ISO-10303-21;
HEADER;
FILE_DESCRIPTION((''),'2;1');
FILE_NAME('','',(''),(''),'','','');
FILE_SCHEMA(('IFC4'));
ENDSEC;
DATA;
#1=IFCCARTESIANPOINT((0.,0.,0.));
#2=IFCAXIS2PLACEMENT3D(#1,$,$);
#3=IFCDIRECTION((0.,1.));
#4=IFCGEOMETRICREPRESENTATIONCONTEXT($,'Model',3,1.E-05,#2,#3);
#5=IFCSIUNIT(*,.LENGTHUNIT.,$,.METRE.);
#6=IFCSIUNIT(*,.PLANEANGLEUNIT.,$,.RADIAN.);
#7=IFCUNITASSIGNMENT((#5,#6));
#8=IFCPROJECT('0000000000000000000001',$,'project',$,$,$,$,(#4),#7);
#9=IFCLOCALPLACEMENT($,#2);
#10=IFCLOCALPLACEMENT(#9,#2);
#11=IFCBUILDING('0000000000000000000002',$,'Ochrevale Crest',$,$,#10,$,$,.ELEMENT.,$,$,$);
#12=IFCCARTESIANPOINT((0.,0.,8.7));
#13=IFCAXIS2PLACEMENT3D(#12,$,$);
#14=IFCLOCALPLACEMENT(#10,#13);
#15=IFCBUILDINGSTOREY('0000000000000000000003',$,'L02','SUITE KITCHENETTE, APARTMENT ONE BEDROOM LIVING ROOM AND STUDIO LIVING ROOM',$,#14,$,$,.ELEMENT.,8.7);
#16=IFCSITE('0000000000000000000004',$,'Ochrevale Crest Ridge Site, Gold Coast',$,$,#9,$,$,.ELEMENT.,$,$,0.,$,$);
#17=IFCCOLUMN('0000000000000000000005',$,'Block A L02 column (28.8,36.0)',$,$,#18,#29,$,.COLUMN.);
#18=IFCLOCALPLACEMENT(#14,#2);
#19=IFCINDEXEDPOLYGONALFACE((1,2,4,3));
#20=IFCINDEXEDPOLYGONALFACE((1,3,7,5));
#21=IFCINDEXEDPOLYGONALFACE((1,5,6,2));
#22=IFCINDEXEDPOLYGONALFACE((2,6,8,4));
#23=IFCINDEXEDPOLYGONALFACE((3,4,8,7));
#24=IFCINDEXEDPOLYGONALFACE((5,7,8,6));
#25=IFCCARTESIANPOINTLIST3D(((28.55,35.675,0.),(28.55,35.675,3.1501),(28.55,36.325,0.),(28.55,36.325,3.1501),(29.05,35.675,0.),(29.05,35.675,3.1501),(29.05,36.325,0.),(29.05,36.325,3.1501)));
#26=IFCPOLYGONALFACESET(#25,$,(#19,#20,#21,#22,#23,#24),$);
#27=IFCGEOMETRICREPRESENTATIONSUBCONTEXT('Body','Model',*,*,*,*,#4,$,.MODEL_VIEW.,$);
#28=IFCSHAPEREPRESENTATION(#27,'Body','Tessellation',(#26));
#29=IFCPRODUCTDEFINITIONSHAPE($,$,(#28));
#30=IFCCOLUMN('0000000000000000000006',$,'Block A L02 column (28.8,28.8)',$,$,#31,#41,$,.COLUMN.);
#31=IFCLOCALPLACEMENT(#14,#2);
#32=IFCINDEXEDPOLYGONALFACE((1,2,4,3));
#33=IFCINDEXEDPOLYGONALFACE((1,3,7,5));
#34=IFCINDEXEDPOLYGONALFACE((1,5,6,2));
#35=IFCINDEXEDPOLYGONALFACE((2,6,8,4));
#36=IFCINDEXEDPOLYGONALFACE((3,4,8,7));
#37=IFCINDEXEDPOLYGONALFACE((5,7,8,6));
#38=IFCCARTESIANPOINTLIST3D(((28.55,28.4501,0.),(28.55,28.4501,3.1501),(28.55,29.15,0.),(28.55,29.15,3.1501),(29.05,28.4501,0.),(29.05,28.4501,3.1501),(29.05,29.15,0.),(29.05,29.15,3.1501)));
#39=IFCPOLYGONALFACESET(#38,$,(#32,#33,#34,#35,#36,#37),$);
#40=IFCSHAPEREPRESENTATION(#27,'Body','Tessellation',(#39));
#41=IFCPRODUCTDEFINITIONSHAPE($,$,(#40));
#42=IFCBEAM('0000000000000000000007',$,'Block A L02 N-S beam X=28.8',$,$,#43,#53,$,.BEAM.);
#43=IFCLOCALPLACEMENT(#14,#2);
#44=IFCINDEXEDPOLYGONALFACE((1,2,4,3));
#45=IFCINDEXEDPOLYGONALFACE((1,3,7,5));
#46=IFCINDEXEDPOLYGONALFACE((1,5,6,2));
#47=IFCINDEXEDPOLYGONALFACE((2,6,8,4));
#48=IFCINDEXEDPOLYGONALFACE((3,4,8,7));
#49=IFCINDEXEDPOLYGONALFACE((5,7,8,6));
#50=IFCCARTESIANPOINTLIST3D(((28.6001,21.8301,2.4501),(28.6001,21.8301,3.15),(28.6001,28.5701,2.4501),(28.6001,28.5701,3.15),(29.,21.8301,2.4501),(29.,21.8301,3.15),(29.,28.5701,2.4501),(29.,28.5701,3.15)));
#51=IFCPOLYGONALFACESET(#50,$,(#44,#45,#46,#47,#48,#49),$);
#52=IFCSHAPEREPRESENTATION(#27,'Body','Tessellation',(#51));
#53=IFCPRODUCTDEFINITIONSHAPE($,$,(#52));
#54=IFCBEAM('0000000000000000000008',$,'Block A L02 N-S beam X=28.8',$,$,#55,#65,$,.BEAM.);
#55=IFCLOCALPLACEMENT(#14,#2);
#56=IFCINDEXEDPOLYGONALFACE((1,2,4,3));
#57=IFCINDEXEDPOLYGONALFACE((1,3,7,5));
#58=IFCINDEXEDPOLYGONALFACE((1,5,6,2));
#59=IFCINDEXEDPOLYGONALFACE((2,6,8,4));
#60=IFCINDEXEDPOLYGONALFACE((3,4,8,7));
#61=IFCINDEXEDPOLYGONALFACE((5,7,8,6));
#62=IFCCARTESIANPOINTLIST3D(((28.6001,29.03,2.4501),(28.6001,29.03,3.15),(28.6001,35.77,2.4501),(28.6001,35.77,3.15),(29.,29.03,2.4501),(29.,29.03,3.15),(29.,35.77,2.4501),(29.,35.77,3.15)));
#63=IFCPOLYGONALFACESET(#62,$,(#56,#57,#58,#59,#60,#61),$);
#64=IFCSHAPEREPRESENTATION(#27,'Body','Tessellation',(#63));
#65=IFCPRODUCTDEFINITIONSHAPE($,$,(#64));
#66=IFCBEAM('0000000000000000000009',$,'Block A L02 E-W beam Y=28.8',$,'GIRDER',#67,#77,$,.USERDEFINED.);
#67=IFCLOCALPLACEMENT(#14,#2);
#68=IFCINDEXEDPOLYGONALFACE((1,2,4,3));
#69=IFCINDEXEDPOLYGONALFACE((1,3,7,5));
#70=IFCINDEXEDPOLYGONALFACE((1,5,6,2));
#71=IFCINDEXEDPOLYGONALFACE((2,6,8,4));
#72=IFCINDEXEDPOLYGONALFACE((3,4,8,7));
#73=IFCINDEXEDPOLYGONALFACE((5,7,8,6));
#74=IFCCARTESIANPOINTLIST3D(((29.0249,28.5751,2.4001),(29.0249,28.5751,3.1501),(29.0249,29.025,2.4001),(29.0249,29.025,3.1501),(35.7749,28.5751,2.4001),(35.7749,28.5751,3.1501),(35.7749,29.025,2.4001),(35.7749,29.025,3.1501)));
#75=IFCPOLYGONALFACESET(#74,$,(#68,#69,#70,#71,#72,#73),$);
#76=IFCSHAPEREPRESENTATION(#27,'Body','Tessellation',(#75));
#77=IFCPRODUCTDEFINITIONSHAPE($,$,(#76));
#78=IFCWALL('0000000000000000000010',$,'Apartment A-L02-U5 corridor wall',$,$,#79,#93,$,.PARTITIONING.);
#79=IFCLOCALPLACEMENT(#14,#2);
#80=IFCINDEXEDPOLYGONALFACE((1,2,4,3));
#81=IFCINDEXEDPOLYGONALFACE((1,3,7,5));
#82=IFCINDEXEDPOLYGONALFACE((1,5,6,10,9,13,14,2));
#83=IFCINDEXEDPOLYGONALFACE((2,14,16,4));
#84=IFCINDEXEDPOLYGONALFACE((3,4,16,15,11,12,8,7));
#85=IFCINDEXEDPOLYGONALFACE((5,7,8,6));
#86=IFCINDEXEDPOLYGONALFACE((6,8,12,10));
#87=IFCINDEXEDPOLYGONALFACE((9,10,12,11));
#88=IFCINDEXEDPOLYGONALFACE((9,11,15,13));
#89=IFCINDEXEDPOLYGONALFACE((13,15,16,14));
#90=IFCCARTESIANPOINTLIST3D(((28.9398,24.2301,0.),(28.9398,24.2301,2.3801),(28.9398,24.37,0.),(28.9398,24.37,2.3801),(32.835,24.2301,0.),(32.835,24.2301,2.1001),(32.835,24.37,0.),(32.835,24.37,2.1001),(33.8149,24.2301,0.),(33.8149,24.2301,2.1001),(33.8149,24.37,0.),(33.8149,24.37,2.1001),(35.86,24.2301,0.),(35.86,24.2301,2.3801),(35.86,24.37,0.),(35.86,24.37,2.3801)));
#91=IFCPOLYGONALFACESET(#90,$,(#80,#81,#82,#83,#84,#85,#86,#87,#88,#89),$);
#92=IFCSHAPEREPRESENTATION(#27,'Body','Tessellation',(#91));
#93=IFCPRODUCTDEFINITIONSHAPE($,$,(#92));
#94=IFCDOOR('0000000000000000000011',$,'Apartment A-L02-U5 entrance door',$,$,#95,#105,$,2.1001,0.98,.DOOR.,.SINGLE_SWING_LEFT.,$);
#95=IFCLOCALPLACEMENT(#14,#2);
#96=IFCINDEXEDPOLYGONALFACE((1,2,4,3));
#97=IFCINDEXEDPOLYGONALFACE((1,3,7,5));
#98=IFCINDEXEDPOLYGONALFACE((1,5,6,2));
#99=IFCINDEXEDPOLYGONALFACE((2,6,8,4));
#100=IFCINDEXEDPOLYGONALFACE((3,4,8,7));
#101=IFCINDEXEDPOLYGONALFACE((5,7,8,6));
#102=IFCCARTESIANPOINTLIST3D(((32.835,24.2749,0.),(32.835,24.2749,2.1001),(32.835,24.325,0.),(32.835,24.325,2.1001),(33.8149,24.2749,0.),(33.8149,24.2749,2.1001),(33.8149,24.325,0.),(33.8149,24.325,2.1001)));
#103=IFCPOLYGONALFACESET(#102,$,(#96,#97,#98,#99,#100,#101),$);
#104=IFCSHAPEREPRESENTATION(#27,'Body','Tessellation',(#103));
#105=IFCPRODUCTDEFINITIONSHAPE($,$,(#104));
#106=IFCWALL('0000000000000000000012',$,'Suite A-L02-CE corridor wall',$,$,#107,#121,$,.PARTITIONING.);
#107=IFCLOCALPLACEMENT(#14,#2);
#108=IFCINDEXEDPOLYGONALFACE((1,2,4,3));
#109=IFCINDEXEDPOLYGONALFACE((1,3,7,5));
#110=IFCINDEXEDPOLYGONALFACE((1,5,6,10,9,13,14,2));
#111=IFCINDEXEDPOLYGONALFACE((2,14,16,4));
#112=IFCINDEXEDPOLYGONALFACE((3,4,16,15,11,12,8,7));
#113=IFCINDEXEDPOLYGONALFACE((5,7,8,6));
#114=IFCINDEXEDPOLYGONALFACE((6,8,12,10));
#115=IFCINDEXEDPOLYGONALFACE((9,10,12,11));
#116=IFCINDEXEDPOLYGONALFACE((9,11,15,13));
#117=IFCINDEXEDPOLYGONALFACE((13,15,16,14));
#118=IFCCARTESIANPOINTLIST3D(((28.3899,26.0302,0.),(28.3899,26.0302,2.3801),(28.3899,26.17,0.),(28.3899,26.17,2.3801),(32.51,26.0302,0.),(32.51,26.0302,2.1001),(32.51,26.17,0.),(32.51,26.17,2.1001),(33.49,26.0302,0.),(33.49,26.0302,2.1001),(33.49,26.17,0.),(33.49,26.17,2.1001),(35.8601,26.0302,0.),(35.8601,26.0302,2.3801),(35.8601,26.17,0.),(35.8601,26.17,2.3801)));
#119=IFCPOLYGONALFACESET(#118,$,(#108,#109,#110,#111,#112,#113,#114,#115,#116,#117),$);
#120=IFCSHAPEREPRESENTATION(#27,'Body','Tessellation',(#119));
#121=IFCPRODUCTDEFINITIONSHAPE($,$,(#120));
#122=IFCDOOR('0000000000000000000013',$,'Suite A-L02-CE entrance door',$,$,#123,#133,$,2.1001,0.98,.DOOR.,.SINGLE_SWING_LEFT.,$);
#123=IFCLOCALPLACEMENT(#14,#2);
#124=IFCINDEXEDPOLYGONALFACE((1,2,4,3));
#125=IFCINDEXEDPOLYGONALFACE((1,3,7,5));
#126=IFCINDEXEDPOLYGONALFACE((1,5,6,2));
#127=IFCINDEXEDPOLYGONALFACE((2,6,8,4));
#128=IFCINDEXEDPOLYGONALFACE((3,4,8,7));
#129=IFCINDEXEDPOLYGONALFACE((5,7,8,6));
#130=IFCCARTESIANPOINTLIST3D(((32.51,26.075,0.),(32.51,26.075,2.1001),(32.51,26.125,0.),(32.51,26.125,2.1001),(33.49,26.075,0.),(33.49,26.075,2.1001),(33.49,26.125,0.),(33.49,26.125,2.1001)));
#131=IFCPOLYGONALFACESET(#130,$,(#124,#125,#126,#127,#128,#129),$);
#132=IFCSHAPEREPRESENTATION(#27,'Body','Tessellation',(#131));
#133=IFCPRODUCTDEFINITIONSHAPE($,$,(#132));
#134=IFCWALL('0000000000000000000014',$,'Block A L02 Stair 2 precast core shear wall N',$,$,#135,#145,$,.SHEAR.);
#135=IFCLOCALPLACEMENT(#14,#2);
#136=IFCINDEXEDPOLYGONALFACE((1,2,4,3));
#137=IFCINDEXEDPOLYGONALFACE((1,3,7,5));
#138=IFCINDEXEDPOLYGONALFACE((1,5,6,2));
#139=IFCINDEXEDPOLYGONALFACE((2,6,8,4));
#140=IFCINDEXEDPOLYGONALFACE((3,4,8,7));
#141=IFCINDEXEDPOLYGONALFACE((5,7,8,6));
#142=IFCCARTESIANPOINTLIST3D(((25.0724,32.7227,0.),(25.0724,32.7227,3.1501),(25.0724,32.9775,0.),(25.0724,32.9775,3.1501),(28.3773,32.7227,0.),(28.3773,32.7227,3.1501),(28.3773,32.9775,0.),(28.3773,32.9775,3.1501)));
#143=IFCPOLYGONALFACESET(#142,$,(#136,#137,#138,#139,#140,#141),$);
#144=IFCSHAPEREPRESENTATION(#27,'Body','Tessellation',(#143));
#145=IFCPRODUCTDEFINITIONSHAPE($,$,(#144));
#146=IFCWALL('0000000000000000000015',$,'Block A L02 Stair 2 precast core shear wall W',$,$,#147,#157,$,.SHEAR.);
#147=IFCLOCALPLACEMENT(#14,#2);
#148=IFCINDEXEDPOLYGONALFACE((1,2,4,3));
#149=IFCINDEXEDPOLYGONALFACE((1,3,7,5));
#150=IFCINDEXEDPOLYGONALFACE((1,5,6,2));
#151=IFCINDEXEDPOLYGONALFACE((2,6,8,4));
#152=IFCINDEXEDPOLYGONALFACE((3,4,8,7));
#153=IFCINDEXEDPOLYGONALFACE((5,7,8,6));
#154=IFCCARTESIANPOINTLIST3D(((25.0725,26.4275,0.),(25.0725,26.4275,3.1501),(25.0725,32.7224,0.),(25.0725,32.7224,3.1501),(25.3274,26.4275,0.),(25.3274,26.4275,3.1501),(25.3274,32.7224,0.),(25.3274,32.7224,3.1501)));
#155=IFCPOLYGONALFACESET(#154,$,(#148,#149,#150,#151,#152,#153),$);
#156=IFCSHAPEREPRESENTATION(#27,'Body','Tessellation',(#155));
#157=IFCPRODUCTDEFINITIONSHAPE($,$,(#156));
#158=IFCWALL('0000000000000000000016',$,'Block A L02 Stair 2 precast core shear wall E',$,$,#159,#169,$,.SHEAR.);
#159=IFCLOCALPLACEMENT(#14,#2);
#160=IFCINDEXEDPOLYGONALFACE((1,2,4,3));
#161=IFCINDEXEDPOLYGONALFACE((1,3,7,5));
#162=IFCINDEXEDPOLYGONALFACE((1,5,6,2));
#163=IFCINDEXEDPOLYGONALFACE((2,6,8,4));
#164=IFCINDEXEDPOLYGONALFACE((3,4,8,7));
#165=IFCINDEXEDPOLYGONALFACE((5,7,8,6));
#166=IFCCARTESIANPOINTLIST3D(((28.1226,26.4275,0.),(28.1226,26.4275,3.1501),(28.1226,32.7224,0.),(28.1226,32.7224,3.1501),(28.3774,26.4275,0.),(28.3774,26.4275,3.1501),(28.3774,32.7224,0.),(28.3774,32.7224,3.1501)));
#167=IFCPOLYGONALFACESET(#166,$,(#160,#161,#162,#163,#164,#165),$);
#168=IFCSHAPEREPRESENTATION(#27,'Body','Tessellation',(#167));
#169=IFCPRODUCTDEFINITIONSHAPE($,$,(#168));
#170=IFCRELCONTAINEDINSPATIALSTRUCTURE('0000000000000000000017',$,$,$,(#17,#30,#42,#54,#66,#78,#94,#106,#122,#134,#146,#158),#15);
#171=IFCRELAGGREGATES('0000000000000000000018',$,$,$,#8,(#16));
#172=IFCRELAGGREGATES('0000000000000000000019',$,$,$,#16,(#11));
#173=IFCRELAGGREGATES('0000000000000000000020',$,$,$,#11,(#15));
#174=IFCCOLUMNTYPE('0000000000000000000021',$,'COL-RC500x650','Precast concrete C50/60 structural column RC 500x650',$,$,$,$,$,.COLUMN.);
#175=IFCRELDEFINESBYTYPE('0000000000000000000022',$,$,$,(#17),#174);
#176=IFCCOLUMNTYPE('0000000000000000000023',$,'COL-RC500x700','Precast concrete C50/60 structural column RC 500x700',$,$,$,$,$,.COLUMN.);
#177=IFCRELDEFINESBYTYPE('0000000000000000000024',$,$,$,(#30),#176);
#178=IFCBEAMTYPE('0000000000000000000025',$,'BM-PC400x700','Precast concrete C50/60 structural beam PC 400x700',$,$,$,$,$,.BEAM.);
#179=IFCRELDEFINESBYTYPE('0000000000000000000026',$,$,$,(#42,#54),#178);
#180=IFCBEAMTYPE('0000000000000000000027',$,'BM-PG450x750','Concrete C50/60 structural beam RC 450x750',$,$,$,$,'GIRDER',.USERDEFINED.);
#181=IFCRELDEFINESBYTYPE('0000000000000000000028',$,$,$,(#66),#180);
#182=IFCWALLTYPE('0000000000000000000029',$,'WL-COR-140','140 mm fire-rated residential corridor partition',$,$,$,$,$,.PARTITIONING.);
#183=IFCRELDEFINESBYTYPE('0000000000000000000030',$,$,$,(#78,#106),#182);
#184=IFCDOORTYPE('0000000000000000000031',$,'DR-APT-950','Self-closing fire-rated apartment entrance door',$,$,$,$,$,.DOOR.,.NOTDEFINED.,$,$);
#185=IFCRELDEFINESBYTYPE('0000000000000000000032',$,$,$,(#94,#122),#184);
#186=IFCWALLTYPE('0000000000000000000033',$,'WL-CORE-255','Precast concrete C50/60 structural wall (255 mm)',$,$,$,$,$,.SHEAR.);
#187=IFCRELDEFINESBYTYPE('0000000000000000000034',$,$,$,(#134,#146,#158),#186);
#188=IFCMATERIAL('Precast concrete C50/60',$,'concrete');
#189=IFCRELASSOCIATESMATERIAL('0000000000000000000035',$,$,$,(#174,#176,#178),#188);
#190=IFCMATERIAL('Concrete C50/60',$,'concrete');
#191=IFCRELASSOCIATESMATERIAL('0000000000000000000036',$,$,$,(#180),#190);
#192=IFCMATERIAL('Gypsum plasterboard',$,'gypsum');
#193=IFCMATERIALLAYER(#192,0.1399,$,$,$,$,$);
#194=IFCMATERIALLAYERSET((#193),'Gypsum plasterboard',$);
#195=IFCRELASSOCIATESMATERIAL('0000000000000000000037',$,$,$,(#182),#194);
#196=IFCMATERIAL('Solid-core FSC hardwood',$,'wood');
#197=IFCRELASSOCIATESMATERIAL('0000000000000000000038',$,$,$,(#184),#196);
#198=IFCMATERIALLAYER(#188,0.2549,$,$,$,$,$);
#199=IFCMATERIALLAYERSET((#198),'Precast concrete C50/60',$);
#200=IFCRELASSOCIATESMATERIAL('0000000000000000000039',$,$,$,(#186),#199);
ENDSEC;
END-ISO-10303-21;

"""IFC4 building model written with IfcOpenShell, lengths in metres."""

from ifc_helpers import new_model, si_unit, direction, frame, frame_2d, origin, origin_2d, place, context, subcontext, project, spatial, rectangle, extrude, material, layer, layer_set, material_profile, profile_set, type_object, element, fill, save


model = new_model("IFC4")

# Units and contexts
model_context = context("Model", 3, precision=1e-05, world=origin(), true_north=direction((0.0, 1.0)))
body_context = subcontext(model_context, "Body", "Model", "MODEL_VIEW")
ifc_project = project(units=[si_unit("LENGTHUNIT", "METRE"), si_unit("PLANEANGLEUNIT", "RADIAN")], contexts=[model_context])

# Site, building, storey
site_placement = place(None, origin())
site = spatial("IfcSite", under=ifc_project, at=site_placement, Name="Ochrevale Crest Ridge Site, Gold Coast", CompositionType="ELEMENT", RefElevation=0.0)
building_placement = place(site_placement, origin())
building = spatial("IfcBuilding", under=site, at=building_placement, Name="Ochrevale Crest", CompositionType="ELEMENT")
storey_placement = place(building_placement, frame((0.0, 0.0, 8.7)))
storey = spatial("IfcBuildingStorey", under=building, at=storey_placement, Name="L02", Description="SUITE KITCHENETTE, APARTMENT ONE BEDROOM LIVING ROOM AND STUDIO LIVING ROOM", CompositionType="ELEMENT", Elevation=8.7)

# Columns
ifc_material_1 = material(Name="Precast concrete C50/60", Category="concrete")
ifc_material_profile_1 = material_profile(ifc_material_1, rectangle(XDim=0.5, YDim=0.6499, at=origin_2d()), Name="RC 500x650")
ifc_profile_set_1 = profile_set([ifc_material_profile_1], Name="Precast concrete C50/60")
column_type_1 = type_object("IfcColumnType", Name="COL-RC500x650", Description="Precast concrete C50/60 structural column RC 500x650", PredefinedType="COLUMN", material=ifc_profile_set_1)
column_1_placement = place(storey_placement, frame((28.8, 36.0, 0.0), z_axis=(0.0, 0.0, 1.0), x_axis=(1.0, 0.0, 0.0)))
element("IfcColumn", 1, at=column_1_placement, inside=storey, type_object=column_type_1, Name="Block A L02 column (28.8,36.0)", PredefinedType="COLUMN", context=body_context, shape_type="SweptSolid", body=[
    extrude(rectangle(XDim=0.5, YDim=0.6499, at=origin_2d()), origin(), (0.0, 0.0, 1.0), 3.1501),
])
ifc_material_profile_2 = material_profile(ifc_material_1, rectangle(XDim=0.5, YDim=0.7, at=origin_2d()), Name="RC 500x700")
ifc_profile_set_2 = profile_set([ifc_material_profile_2], Name="Precast concrete C50/60")
column_type_2 = type_object("IfcColumnType", Name="COL-RC500x700", Description="Precast concrete C50/60 structural column RC 500x700", PredefinedType="COLUMN", material=ifc_profile_set_2)
column_2_placement = place(storey_placement, frame((28.8, 28.8, 0.0), z_axis=(0.0, 0.0, 1.0), x_axis=(1.0, 0.0, 0.0)))
element("IfcColumn", 2, at=column_2_placement, inside=storey, type_object=column_type_2, Name="Block A L02 column (28.8,28.8)", PredefinedType="COLUMN", context=body_context, shape_type="SweptSolid", body=[
    extrude(rectangle(XDim=0.5, YDim=0.7, at=origin_2d()), origin(), (0.0, 0.0, 1.0), 3.1501),
])

# Beams
ifc_material_profile_3 = material_profile(ifc_material_1, rectangle(XDim=0.3999, YDim=0.7, at=origin_2d()), Name="PC 400x700")
ifc_profile_set_3 = profile_set([ifc_material_profile_3], Name="Precast concrete C50/60")
beam_type_1 = type_object("IfcBeamType", Name="BM-PC400x700", Description="Precast concrete C50/60 structural beam PC 400x700", PredefinedType="BEAM", material=ifc_profile_set_3)
for number, where, z_axis, x_axis, name in (
    (3, (28.8, 21.8301, 2.8), (0.0, 1.0, 0.0), (-1.0, 0.0, 0.0), "Block A L02 N-S beam X=28.8"),
    (4, (28.8, 29.03, 2.8), (0.0, 1.0, 0.0), (-1.0, 0.0, 0.0), "Block A L02 N-S beam X=28.8"),
):
    element("IfcBeam", number, at=place(storey_placement, frame(where, z_axis=z_axis, x_axis=x_axis)), inside=storey, type_object=beam_type_1, Name=name, PredefinedType="BEAM", context=body_context, shape_type="SweptSolid", body=[
        extrude(rectangle(XDim=0.3999, YDim=0.7, at=origin_2d()), origin(), (0.0, 0.0, 1.0), 6.74),
    ])
ifc_material_2 = material(Name="Concrete C50/60", Category="concrete")
ifc_material_profile_4 = material_profile(ifc_material_2, rectangle(XDim=0.45, YDim=0.75, at=origin_2d()), Name="RC 450x750")
ifc_profile_set_4 = profile_set([ifc_material_profile_4], Name="Concrete C50/60")
beam_type_2 = type_object("IfcBeamType", Name="BM-PG450x750", Description="Concrete C50/60 structural beam RC 450x750", ElementType="GIRDER", PredefinedType="USERDEFINED", material=ifc_profile_set_4)
beam_placement = place(storey_placement, frame((29.0249, 28.8, 2.7751), z_axis=(1.0, 0.0, 0.0), x_axis=(0.0, 1.0, 0.0)))
element("IfcBeam", 5, at=beam_placement, inside=storey, type_object=beam_type_2, Name="Block A L02 E-W beam Y=28.8", ObjectType="GIRDER", PredefinedType="USERDEFINED", context=body_context, shape_type="SweptSolid", body=[
    extrude(rectangle(XDim=0.45, YDim=0.75, at=origin_2d()), origin(), (0.0, 0.0, 1.0), 6.75),
])

# Walls, openings, doors
ifc_material_3 = material(Name="Gypsum plasterboard", Category="gypsum")
ifc_layer_1 = layer(ifc_material_3, 0.1399)
ifc_layer_set_1 = layer_set([ifc_layer_1], Name="Gypsum plasterboard")
wall_type_1 = type_object("IfcWallType", Name="WL-COR-140", Description="140 mm fire-rated residential corridor partition", PredefinedType="PARTITIONING", material=ifc_layer_set_1)
wall_1_placement = place(storey_placement, frame((28.9399, 24.3, 0.0), z_axis=(0.0, 0.0, 1.0), x_axis=(1.0, 0.0, 0.0)))
wall_1 = element("IfcWall", 6, at=wall_1_placement, inside=storey, type_object=wall_type_1, Name="Apartment A-L02-U5 corridor wall", PredefinedType="PARTITIONING", context=body_context, shape_type="SweptSolid", body=[
    extrude(rectangle(XDim=6.9202, YDim=0.1399, at=frame_2d((3.46, 0.0))), origin(), (0.0, 0.0, 1.0), 2.3801),
])
opening_1_placement = place(wall_1_placement, frame((3.895, 0.0, 0.0)))
opening_1 = element("IfcOpeningElement", 7, at=opening_1_placement, cuts=wall_1, PredefinedType="OPENING", context=body_context, shape_type="SweptSolid", body=[
    extrude(rectangle(XDim=0.98, YDim=2.1001, at=frame_2d((0.49, 1.05))), frame((0.0, 0.0801, 0.0), z_axis=(0.0, -1.0, 0.0), x_axis=(1.0, 0.0, 0.0)), (0.0, 0.0, 1.0), 0.1599),
])
ifc_material_4 = material(Name="Solid-core FSC hardwood", Category="wood")
door_type_1 = type_object("IfcDoorType", Name="DR-APT-950", Description="Self-closing fire-rated apartment entrance door", OperationType="NOTDEFINED", PredefinedType="DOOR", material=ifc_material_4)
door_1_placement = place(opening_1_placement, origin())
door_1 = element("IfcDoor", 8, at=door_1_placement, inside=storey, type_object=door_type_1, Name="Apartment A-L02-U5 entrance door", OperationType="SINGLE_SWING_LEFT", OverallHeight=2.1001, OverallWidth=0.98, PredefinedType="DOOR", context=body_context, shape_type="SweptSolid", body=[
    extrude(rectangle(XDim=0.98, YDim=2.1001, at=frame_2d((0.49, 1.05))), frame((0.0, 0.0249, 0.0), z_axis=(0.0, -1.0, 0.0), x_axis=(1.0, 0.0, 0.0)), (0.0, 0.0, 1.0), 0.05),
])
fill(opening_1, door_1)
wall_2_placement = place(storey_placement, frame((28.3899, 26.1001, 0.0), z_axis=(0.0, 0.0, 1.0), x_axis=(1.0, 0.0, 0.0)))
wall_2 = element("IfcWall", 9, at=wall_2_placement, inside=storey, type_object=wall_type_1, Name="Suite A-L02-CE corridor wall", PredefinedType="PARTITIONING", context=body_context, shape_type="SweptSolid", body=[
    extrude(rectangle(XDim=7.4702, YDim=0.1399, at=frame_2d((3.7351, 0.0))), origin(), (0.0, 0.0, 1.0), 2.3801),
])
opening_2_placement = place(wall_2_placement, frame((4.1201, 0.0, 0.0)))
opening_2 = element("IfcOpeningElement", 10, at=opening_2_placement, cuts=wall_2, PredefinedType="OPENING", context=body_context, shape_type="SweptSolid", body=[
    extrude(rectangle(XDim=0.98, YDim=2.1001, at=frame_2d((0.49, 1.05))), frame((0.0, 0.0801, 0.0), z_axis=(0.0, -1.0, 0.0), x_axis=(1.0, 0.0, 0.0)), (0.0, 0.0, 1.0), 0.1599),
])
door_2_placement = place(opening_2_placement, origin())
door_2 = element("IfcDoor", 11, at=door_2_placement, inside=storey, type_object=door_type_1, Name="Suite A-L02-CE entrance door", OperationType="SINGLE_SWING_LEFT", OverallHeight=2.1001, OverallWidth=0.98, PredefinedType="DOOR", context=body_context, shape_type="SweptSolid", body=[
    extrude(rectangle(XDim=0.98, YDim=2.1001, at=frame_2d((0.49, 1.05))), frame((0.0, 0.0249, 0.0), z_axis=(0.0, -1.0, 0.0), x_axis=(1.0, 0.0, 0.0)), (0.0, 0.0, 1.0), 0.05),
])
fill(opening_2, door_2)
ifc_layer_2 = layer(ifc_material_1, 0.2549)
ifc_layer_set_2 = layer_set([ifc_layer_2], Name="Precast concrete C50/60")
wall_type_2 = type_object("IfcWallType", Name="WL-CORE-255", Description="Precast concrete C50/60 structural wall (255 mm)", PredefinedType="SHEAR", material=ifc_layer_set_2)

# Walls
wall_3_placement = place(storey_placement, frame((25.0725, 32.8501, 0.0), z_axis=(0.0, 0.0, 1.0), x_axis=(1.0, 0.0, 0.0)))
element("IfcWall", 12, at=wall_3_placement, inside=storey, type_object=wall_type_2, Name="Block A L02 Stair 2 precast core shear wall N", PredefinedType="SHEAR", context=body_context, shape_type="SweptSolid", body=[
    extrude(rectangle(XDim=3.3049, YDim=0.2549, at=frame_2d((1.6523, 0.0))), origin(), (0.0, 0.0, 1.0), 3.1501),
])
for number, where, z_axis, x_axis, name in (
    (13, (25.2, 26.4275, 0.0), (0.0, 0.0, 1.0), (0.0, 1.0, 0.0), "Block A L02 Stair 2 precast core shear wall W"),
    (14, (28.25, 26.4275, 0.0), (0.0, 0.0, 1.0), (0.0, 1.0, 0.0), "Block A L02 Stair 2 precast core shear wall E"),
):
    element("IfcWall", number, at=place(storey_placement, frame(where, z_axis=z_axis, x_axis=x_axis)), inside=storey, type_object=wall_type_2, Name=name, PredefinedType="SHEAR", context=body_context, shape_type="SweptSolid", body=[
        extrude(rectangle(XDim=6.2949, YDim=0.2549, at=frame_2d((3.1475, 0.0))), origin(), (0.0, 0.0, 1.0), 3.1501),
    ])

save(model, "model.ifc")
